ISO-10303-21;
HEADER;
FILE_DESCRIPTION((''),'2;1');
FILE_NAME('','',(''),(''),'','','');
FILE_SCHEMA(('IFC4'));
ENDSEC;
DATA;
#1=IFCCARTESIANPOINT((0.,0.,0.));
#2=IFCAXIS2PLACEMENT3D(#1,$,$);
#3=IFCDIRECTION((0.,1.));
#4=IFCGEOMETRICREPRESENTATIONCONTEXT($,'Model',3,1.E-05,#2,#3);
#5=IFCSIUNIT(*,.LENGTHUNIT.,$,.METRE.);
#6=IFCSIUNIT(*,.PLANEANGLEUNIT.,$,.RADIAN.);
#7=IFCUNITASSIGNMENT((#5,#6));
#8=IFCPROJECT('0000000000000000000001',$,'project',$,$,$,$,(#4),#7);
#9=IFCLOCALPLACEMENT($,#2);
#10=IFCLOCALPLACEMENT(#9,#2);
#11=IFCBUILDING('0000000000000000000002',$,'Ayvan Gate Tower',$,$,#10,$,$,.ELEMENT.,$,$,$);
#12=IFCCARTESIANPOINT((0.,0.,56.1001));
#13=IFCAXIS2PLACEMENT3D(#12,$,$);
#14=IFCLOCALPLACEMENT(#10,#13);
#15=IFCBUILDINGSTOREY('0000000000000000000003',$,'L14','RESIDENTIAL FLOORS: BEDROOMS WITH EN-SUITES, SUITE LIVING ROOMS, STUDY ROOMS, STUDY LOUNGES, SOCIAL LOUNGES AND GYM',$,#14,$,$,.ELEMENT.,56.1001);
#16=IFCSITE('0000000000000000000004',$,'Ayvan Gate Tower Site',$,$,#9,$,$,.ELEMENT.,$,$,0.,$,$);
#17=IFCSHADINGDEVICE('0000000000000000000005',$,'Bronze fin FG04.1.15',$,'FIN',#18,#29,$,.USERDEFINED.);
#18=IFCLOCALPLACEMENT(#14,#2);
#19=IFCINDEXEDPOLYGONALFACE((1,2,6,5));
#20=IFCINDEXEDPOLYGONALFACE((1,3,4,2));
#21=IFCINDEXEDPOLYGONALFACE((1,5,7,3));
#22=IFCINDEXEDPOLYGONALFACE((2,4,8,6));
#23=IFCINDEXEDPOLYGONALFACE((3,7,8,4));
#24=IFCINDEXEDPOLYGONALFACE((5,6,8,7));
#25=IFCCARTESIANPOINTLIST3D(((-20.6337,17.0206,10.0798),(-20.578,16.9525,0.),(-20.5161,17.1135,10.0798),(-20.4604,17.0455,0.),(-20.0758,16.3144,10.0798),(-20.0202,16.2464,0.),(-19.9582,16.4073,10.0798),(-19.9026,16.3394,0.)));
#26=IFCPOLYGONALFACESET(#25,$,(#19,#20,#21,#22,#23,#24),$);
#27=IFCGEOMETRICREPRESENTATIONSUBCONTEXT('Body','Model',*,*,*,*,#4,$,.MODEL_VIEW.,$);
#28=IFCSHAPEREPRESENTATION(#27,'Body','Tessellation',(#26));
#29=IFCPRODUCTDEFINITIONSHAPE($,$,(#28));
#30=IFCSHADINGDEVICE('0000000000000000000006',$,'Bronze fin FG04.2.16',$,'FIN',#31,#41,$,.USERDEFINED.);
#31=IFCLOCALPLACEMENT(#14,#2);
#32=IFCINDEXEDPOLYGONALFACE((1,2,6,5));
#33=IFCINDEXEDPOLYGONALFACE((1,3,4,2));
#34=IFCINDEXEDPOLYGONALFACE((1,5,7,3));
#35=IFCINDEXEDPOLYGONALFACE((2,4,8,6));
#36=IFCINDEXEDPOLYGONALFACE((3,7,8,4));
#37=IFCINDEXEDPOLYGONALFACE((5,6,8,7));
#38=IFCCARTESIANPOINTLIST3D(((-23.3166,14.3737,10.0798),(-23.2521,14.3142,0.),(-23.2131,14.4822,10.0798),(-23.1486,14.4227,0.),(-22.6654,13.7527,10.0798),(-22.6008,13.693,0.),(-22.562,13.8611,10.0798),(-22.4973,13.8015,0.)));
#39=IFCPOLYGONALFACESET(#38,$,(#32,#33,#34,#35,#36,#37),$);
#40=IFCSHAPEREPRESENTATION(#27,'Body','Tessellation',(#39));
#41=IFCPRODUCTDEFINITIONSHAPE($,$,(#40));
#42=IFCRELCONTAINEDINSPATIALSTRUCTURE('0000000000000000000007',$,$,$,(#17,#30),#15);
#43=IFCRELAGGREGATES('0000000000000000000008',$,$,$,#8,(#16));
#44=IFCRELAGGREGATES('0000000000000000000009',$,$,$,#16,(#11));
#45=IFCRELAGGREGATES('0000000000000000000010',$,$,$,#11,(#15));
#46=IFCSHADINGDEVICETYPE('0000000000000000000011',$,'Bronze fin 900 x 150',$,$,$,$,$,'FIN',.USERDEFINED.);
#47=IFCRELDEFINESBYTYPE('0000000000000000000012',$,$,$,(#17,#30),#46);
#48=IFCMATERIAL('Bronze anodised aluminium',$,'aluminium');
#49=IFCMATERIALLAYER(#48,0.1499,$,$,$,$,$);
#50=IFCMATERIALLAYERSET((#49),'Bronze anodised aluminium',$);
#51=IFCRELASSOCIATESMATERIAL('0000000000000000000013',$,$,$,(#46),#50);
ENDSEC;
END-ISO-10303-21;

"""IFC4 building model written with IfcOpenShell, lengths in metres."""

from ifc_helpers import new_model, si_unit, direction, frame, origin, place, context, subcontext, project, spatial, polyline, outline, extrude, material, layer, layer_set, type_object, element, save


model = new_model("IFC4")

# Units and contexts
model_context = context("Model", 3, precision=1e-05, world=origin(), true_north=direction((0.0, 1.0)))
body_context = subcontext(model_context, "Body", "Model", "MODEL_VIEW")
ifc_project = project(units=[si_unit("LENGTHUNIT", "METRE"), si_unit("PLANEANGLEUNIT", "RADIAN")], contexts=[model_context])

# Site, building, storey
site_placement = place(None, origin())
site = spatial("IfcSite", under=ifc_project, at=site_placement, Name="Ayvan Gate Tower Site", CompositionType="ELEMENT", RefElevation=0.0)
building_placement = place(site_placement, origin())
building = spatial("IfcBuilding", under=site, at=building_placement, Name="Ayvan Gate Tower", CompositionType="ELEMENT")
storey_placement = place(building_placement, frame((0.0, 0.0, 56.1001)))
storey = spatial("IfcBuildingStorey", under=building, at=storey_placement, Name="L14", Description="RESIDENTIAL FLOORS: BEDROOMS WITH EN-SUITES, SUITE LIVING ROOMS, STUDY ROOMS, STUDY LOUNGES, SOCIAL LOUNGES AND GYM", CompositionType="ELEMENT", Elevation=56.1001)

# Shared definitions
ifc_material_1 = material(Name="Bronze anodised aluminium", Category="aluminium")

# Shading devices
ifc_layer_1 = layer(ifc_material_1, 0.1499)
ifc_layer_set_1 = layer_set([ifc_layer_1], Name="Bronze anodised aluminium")
shading_device_type = type_object("IfcShadingDeviceType", Name="Bronze fin 900 x 150", ElementType="FIN", PredefinedType="USERDEFINED", material=ifc_layer_set_1)
shading_device_1_placement = place(storey_placement, frame((-19.9026, 16.3394, 0.0), z_axis=(0.784692, 0.619886, 0.000152), x_axis=(-0.619886, 0.784692, 0.0)))
element("IfcShadingDevice", 1, at=shading_device_1_placement, inside=storey, type_object=shading_device_type, Name="Bronze fin FG04.1.15", ObjectType="FIN", PredefinedType="USERDEFINED", context=body_context, shape_type="SweptSolid", body=[
    extrude(outline(polyline([(0.0, 0.0), (0.8998, 0.0), (0.9878, 10.0798), (0.0878, 10.0798), (0.0, 0.0)])), origin(), (0.0, 0.0, -1.0), 0.1499),
])
shading_device_2_placement = place(storey_placement, frame((-22.4973, 13.8015, 0.0), z_axis=(0.690156, 0.72366, 0.000145), x_axis=(-0.72366, 0.690156, 0.0)))
element("IfcShadingDevice", 2, at=shading_device_2_placement, inside=storey, type_object=shading_device_type, Name="Bronze fin FG04.2.16", ObjectType="FIN", PredefinedType="USERDEFINED", context=body_context, shape_type="SweptSolid", body=[
    extrude(outline(polyline([(0.0, 0.0), (0.9, 0.0), (0.9878, 10.0798), (0.0879, 10.0798), (0.0, 0.0)])), origin(), (0.0, 0.0, -1.0), 0.1499),
])

save(model, "model.ifc")
